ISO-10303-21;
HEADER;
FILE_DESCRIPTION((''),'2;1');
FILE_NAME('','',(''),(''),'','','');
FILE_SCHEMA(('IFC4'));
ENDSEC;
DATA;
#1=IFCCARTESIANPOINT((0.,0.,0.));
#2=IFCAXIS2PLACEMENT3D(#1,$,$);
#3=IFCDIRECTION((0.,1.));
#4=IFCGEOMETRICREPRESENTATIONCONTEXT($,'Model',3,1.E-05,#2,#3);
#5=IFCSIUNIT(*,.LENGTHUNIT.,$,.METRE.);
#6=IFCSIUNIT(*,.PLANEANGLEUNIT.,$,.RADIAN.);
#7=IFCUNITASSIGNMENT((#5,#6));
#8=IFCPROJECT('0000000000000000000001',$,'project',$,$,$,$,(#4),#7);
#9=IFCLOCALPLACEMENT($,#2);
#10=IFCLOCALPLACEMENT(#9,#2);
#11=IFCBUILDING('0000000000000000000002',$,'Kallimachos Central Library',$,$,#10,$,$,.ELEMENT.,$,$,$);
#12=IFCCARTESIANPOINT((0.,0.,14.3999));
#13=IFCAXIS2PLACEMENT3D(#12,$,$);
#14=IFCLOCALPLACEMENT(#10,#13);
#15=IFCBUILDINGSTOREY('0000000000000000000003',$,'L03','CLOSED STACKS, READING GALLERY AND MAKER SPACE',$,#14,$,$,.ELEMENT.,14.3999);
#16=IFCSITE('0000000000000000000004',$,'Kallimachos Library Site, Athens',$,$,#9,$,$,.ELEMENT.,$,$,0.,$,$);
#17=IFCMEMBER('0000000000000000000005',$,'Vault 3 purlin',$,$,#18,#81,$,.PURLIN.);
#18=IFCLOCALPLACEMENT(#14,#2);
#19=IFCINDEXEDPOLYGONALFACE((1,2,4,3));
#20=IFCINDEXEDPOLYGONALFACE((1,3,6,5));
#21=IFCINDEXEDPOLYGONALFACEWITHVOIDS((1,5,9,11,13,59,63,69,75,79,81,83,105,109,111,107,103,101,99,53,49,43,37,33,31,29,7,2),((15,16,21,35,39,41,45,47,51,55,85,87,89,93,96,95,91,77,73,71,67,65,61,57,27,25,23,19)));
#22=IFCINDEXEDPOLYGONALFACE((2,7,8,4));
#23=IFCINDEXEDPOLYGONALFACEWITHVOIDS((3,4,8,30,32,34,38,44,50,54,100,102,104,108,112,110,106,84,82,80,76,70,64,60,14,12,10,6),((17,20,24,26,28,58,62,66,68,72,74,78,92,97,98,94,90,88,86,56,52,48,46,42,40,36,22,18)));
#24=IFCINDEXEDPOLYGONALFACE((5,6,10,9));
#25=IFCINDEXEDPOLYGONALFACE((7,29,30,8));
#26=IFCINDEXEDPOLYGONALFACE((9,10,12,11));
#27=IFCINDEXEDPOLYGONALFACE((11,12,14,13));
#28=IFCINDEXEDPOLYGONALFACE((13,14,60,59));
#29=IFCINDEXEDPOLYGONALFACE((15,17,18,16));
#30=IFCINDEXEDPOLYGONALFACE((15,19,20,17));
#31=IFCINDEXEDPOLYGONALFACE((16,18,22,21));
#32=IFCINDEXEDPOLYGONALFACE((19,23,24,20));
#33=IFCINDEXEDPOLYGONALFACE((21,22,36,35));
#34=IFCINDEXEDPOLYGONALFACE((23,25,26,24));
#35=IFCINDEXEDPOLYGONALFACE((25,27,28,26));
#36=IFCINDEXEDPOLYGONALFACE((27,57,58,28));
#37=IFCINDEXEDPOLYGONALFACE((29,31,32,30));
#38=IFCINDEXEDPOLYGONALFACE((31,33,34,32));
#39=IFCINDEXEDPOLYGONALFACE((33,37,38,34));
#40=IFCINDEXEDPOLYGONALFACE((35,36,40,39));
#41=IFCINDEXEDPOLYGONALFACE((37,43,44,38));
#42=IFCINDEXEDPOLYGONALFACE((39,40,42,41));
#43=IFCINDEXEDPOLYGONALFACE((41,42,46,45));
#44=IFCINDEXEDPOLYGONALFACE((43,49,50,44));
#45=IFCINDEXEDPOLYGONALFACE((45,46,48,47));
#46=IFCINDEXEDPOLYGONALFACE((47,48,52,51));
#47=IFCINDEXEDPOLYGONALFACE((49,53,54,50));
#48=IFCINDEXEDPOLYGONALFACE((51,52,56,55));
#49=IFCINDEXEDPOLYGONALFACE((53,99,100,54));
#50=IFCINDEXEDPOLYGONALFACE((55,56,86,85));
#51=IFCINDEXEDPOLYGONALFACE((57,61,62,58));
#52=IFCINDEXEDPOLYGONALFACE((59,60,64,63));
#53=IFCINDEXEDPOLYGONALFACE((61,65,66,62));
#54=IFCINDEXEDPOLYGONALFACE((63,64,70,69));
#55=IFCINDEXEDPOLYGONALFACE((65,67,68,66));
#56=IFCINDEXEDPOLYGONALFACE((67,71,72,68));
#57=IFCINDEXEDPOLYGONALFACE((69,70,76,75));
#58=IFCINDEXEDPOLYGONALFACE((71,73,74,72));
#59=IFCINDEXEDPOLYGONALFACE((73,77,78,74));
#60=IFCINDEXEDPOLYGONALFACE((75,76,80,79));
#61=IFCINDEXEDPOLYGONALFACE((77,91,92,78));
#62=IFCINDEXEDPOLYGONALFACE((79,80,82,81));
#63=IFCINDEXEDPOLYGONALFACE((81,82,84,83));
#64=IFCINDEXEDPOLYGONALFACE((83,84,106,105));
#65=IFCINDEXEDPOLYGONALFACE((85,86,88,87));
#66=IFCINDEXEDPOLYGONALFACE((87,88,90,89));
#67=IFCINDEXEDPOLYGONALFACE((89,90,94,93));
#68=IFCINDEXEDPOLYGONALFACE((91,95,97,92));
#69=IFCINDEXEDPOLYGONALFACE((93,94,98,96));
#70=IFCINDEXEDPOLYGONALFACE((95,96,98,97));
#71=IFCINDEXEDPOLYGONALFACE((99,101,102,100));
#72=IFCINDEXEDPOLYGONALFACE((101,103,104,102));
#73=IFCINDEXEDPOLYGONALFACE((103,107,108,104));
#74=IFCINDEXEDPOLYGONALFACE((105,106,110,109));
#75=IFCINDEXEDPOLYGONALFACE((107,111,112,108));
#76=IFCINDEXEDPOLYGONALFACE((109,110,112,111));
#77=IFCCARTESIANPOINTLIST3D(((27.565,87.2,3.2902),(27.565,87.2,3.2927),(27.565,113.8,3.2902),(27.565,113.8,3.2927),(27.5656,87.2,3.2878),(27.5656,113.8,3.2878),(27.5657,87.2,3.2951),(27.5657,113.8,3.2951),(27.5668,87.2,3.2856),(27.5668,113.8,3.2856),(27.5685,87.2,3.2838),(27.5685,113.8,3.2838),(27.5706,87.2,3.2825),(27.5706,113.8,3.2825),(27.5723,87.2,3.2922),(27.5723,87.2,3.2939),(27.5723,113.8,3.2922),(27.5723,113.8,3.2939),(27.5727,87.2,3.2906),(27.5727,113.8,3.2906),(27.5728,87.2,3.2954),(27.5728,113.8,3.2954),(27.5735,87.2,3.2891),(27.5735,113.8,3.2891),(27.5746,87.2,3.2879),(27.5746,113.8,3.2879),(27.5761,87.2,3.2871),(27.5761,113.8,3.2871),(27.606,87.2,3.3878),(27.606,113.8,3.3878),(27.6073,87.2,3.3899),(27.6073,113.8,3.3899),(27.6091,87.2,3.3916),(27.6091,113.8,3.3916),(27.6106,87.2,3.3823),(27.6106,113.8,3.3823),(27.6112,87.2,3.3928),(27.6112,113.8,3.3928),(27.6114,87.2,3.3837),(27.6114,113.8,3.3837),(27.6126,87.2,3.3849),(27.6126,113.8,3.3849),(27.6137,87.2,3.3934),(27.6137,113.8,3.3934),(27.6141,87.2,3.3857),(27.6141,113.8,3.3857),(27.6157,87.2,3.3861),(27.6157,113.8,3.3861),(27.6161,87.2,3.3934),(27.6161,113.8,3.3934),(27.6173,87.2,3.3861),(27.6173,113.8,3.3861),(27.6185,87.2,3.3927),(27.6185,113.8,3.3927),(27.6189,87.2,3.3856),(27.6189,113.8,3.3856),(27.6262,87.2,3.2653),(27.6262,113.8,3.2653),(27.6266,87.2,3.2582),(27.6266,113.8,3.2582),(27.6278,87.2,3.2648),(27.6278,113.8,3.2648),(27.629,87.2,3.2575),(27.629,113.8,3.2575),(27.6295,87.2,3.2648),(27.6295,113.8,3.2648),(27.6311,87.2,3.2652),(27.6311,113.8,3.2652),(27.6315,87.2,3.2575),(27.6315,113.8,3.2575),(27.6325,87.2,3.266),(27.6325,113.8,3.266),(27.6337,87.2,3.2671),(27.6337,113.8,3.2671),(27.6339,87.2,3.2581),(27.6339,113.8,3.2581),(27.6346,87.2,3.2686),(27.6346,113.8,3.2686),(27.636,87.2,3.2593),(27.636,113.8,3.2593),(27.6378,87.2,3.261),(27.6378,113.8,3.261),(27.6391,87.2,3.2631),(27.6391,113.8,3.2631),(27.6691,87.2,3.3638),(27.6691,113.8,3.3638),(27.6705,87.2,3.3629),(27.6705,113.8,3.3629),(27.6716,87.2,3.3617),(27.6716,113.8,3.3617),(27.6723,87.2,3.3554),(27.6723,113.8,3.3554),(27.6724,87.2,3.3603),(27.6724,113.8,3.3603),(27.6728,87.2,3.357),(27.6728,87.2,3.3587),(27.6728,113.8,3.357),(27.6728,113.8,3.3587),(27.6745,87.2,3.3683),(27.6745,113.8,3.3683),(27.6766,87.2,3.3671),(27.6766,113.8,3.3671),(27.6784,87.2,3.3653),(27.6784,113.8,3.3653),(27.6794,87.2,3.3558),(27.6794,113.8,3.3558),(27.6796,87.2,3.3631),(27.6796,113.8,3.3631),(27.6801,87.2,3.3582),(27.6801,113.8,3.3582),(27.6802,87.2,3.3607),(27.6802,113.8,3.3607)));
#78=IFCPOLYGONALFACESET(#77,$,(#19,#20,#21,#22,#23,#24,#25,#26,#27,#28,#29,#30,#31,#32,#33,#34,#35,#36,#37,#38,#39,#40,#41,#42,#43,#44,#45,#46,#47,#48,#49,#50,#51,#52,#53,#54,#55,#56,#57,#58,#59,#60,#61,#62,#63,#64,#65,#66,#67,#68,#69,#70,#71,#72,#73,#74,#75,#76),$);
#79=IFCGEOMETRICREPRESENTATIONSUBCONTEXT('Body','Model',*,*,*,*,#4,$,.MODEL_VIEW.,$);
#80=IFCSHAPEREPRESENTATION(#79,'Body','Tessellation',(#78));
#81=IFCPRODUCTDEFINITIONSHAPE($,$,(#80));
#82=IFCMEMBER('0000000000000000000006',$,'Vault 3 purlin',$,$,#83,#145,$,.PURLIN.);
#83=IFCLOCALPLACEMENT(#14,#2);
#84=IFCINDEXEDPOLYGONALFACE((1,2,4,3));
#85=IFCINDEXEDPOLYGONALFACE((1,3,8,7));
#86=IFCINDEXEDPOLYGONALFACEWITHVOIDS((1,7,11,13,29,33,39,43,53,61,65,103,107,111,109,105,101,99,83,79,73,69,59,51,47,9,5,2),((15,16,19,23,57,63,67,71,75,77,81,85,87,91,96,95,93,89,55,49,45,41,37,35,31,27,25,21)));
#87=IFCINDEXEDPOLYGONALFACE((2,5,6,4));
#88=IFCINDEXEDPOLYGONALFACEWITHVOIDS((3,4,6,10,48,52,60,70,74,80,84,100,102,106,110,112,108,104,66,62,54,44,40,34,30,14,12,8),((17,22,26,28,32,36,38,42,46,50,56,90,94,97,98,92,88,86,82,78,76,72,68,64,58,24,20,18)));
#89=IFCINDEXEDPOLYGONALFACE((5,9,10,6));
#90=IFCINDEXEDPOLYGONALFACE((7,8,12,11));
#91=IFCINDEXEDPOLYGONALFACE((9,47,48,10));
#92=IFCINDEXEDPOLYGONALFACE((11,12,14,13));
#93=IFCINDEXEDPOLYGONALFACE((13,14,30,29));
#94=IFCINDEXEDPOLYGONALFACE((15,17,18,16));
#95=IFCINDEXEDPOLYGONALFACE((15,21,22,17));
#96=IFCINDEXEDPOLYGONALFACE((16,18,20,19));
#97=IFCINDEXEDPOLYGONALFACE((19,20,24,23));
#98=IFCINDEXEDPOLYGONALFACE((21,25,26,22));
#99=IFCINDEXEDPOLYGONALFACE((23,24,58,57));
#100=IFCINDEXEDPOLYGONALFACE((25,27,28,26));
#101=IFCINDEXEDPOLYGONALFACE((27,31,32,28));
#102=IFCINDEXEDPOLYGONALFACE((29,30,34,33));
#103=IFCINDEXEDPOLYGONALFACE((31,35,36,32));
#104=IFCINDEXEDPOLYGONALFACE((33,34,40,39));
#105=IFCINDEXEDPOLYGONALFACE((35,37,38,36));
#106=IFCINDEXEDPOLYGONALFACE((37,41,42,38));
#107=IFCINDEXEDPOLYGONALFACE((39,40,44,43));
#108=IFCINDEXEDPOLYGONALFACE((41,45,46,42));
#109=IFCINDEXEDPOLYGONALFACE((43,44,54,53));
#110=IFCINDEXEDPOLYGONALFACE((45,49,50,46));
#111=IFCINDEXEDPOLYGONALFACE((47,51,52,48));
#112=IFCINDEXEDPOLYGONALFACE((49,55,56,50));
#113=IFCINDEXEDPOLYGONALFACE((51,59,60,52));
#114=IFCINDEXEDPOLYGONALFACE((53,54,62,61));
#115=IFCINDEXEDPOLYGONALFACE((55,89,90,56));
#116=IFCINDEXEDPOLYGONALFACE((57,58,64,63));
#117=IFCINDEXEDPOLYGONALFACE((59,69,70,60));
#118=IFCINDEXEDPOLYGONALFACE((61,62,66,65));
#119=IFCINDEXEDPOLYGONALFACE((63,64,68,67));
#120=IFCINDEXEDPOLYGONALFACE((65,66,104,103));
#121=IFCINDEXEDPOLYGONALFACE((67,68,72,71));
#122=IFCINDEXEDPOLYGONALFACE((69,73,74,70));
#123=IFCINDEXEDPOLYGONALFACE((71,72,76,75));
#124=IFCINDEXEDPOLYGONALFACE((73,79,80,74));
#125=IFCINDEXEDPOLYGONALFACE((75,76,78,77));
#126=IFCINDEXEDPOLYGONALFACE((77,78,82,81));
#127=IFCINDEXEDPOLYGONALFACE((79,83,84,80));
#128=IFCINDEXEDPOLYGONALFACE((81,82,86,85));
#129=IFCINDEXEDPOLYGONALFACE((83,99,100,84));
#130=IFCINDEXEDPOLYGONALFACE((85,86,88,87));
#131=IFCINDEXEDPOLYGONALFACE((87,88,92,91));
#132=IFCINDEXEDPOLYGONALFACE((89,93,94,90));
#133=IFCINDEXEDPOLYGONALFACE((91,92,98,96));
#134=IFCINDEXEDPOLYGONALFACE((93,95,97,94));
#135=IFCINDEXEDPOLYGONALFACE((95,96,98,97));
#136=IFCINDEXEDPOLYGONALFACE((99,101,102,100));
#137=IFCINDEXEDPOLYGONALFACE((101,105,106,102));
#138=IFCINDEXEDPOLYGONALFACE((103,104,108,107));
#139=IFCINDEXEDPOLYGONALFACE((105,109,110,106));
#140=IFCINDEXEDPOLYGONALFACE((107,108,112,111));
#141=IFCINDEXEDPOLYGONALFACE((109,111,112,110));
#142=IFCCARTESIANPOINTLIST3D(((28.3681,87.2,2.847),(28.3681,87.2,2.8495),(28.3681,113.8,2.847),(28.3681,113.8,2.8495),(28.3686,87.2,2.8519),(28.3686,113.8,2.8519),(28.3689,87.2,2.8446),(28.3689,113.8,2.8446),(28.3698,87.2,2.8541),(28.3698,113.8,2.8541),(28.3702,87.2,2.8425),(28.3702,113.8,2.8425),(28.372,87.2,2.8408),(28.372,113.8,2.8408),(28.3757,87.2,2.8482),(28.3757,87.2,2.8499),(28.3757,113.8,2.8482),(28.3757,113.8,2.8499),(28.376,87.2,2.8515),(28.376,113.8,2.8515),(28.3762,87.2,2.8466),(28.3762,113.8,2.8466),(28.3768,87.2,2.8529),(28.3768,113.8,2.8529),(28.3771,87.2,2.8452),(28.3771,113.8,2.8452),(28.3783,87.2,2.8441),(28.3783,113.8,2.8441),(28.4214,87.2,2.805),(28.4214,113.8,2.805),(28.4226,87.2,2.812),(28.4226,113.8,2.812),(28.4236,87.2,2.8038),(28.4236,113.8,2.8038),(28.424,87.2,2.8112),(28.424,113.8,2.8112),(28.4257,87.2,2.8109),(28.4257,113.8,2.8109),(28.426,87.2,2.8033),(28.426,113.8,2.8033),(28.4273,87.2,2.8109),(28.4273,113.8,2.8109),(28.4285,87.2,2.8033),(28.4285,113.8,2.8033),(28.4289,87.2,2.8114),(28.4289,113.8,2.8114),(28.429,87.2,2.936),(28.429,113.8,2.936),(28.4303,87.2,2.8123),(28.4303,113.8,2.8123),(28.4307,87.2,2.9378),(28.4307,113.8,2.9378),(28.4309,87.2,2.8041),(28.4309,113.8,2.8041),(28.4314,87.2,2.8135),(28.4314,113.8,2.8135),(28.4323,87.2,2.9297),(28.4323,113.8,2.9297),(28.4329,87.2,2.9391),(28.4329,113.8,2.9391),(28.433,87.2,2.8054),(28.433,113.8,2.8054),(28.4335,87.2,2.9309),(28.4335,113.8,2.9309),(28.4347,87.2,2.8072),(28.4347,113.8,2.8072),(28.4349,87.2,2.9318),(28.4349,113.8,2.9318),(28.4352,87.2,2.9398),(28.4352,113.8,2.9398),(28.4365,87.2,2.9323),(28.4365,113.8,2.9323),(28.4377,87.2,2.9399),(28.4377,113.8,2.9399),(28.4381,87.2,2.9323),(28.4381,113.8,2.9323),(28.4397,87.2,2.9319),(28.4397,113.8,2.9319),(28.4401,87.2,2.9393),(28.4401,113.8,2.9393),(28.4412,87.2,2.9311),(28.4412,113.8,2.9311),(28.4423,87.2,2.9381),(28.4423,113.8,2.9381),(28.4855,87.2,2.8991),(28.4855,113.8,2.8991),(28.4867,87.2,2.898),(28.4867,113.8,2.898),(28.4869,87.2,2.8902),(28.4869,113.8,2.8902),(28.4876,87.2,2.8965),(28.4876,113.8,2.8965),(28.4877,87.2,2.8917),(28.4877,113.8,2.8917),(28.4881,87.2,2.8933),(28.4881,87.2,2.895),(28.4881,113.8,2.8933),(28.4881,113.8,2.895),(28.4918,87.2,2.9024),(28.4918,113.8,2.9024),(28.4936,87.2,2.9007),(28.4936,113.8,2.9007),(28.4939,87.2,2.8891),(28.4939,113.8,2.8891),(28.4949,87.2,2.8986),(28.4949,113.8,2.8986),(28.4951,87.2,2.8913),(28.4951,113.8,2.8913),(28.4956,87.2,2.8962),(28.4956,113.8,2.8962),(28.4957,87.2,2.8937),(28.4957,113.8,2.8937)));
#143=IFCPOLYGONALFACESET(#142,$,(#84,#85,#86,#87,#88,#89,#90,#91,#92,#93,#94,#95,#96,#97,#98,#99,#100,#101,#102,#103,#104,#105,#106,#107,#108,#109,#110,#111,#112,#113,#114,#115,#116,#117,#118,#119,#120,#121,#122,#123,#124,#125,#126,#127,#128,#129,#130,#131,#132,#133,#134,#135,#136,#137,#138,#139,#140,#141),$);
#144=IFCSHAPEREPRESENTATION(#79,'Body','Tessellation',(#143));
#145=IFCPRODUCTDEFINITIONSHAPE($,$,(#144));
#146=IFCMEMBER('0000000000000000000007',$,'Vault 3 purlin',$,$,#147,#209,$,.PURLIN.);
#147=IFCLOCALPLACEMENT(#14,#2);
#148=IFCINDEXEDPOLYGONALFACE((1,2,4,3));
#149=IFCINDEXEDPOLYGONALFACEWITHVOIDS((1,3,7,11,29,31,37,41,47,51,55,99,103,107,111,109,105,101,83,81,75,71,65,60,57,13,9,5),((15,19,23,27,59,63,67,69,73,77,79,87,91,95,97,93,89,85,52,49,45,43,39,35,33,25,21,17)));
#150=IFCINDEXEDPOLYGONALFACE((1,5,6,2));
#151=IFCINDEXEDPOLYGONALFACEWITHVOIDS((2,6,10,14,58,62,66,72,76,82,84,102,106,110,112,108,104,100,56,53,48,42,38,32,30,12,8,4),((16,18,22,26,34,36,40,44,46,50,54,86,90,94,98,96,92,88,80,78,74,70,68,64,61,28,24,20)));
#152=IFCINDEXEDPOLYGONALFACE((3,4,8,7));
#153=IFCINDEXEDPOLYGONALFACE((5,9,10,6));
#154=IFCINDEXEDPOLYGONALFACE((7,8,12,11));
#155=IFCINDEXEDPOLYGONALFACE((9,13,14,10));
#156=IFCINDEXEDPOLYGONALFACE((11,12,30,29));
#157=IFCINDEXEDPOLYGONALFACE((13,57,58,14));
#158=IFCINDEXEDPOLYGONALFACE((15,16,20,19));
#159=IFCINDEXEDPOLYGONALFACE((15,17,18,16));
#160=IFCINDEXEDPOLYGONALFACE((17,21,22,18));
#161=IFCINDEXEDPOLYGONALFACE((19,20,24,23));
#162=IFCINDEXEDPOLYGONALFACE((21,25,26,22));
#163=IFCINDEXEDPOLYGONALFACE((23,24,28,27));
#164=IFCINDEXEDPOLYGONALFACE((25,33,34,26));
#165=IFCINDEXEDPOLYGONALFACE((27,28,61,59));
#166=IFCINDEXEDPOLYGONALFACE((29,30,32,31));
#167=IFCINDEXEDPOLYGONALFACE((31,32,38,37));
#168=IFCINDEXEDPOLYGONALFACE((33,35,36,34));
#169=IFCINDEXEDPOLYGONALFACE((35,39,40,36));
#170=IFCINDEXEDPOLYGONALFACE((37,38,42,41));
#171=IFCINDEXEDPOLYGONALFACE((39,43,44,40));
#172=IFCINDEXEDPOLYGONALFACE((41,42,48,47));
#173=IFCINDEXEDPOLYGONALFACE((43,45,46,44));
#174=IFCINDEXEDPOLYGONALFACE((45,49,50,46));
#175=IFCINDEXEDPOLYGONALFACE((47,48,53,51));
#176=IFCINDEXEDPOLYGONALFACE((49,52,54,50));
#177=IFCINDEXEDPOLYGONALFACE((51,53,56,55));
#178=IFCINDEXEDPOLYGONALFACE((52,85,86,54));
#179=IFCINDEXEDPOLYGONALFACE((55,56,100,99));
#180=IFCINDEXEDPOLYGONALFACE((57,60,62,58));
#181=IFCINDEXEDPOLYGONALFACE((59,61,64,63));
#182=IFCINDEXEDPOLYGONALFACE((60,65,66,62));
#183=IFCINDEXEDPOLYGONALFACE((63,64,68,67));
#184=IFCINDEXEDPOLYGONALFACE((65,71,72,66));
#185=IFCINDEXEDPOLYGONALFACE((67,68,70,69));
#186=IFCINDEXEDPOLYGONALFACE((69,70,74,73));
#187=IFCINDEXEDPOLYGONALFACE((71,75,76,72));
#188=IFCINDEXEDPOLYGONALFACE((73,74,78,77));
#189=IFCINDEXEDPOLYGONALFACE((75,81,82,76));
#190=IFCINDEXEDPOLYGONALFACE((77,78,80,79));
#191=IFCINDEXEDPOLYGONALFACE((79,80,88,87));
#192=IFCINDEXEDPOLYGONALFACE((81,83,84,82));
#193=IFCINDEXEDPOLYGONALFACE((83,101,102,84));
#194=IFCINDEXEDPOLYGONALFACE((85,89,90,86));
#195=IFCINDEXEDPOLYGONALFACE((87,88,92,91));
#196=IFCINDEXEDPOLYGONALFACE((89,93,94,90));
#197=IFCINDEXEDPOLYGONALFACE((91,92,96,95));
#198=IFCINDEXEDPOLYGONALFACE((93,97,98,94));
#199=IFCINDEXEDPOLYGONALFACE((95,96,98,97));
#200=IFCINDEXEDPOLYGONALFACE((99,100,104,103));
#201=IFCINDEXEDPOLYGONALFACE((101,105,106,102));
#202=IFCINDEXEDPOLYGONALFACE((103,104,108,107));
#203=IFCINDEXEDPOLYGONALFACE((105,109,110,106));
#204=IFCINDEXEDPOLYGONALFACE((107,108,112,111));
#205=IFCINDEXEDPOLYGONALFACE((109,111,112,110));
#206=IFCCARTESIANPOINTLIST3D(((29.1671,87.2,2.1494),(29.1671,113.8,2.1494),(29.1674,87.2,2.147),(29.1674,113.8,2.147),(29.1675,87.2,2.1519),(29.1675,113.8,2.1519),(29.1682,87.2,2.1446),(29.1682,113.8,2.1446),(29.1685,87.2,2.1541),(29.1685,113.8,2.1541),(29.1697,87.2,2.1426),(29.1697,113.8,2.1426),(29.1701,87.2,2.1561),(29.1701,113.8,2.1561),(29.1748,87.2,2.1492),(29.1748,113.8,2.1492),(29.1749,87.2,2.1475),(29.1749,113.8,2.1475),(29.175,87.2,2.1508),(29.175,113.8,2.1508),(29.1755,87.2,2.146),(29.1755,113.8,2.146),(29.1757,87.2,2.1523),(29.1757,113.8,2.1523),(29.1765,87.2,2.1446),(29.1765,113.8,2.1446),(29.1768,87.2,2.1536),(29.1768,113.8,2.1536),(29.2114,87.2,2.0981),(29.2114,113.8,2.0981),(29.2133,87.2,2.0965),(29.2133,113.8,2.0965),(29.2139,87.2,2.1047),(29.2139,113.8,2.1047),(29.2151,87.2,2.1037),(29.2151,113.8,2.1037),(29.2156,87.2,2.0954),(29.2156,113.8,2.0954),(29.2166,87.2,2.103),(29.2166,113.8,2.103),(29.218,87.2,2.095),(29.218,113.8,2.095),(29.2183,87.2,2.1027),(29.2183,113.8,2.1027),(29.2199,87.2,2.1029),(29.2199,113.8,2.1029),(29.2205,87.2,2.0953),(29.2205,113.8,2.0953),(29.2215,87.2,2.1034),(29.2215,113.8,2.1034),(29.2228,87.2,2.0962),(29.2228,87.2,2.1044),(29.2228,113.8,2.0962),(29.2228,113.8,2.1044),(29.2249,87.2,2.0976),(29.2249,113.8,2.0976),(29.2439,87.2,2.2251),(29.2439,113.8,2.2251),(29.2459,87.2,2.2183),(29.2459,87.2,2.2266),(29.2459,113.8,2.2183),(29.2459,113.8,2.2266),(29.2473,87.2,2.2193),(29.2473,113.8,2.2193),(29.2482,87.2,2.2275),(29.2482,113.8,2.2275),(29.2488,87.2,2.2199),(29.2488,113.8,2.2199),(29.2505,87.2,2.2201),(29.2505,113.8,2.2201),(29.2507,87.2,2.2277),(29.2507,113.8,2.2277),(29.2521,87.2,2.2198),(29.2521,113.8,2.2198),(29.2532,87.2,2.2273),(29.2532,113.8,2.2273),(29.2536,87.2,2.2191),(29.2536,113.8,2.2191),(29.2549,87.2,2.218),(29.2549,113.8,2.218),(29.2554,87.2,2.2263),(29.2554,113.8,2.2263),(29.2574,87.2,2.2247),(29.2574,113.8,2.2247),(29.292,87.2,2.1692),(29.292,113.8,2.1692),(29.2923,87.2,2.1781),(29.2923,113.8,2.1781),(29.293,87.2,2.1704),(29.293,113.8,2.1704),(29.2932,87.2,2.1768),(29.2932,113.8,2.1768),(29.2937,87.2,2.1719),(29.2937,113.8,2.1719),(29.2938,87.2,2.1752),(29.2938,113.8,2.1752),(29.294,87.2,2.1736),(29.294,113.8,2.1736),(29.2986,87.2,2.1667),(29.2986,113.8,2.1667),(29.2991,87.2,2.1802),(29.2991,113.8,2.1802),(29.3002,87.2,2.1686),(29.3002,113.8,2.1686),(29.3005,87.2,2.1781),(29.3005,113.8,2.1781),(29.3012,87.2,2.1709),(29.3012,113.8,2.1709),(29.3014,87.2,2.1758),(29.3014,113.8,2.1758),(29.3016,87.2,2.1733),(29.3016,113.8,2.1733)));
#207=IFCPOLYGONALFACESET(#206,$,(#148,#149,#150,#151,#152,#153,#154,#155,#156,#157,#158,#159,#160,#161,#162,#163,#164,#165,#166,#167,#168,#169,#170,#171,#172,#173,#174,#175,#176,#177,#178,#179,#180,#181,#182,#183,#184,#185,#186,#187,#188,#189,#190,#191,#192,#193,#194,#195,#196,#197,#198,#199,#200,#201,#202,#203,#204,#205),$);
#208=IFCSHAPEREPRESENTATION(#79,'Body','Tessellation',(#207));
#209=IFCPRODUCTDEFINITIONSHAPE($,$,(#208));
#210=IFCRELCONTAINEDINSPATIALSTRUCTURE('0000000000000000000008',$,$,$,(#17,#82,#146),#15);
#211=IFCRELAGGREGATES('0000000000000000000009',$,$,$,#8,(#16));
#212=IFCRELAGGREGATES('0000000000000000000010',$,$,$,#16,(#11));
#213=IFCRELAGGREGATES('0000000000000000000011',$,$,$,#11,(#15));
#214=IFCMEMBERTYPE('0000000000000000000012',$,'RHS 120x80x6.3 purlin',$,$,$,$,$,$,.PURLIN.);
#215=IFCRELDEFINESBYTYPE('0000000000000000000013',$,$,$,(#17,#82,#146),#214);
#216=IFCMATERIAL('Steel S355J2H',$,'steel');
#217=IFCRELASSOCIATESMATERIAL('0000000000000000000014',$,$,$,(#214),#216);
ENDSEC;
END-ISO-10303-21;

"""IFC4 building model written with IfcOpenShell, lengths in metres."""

from ifc_helpers import new_model, si_unit, direction, frame, origin, origin_2d, place, context, subcontext, project, spatial, hollow_rectangle, extrude, material, material_profile, profile_set, type_object, element, save


model = new_model("IFC4")

# Units and contexts
model_context = context("Model", 3, precision=1e-05, world=origin(), true_north=direction((0.0, 1.0)))
body_context = subcontext(model_context, "Body", "Model", "MODEL_VIEW")
ifc_project = project(units=[si_unit("LENGTHUNIT", "METRE"), si_unit("PLANEANGLEUNIT", "RADIAN")], contexts=[model_context])

# Site, building, storey
site_placement = place(None, origin())
site = spatial("IfcSite", under=ifc_project, at=site_placement, Name="Kallimachos Library Site, Athens", CompositionType="ELEMENT", RefElevation=0.0)
building_placement = place(site_placement, origin())
building = spatial("IfcBuilding", under=site, at=building_placement, Name="Kallimachos Central Library", CompositionType="ELEMENT")
storey_placement = place(building_placement, frame((0.0, 0.0, 14.3999)))
storey = spatial("IfcBuildingStorey", under=building, at=storey_placement, Name="L03", Description="CLOSED STACKS, READING GALLERY AND MAKER SPACE", CompositionType="ELEMENT", Elevation=14.3999)

# Members
ifc_material_1 = material(Name="Steel S355J2H", Category="steel")
ifc_material_profile = material_profile(ifc_material_1, hollow_rectangle(XDim=0.0801, YDim=0.1201, WallThickness=0.0063, InnerFilletRadius=0.0063, OuterFilletRadius=0.0095, at=origin_2d()), Name="RHS 120x80x6.3")
ifc_profile_set = profile_set([ifc_material_profile], Name="Steel S355J2H")
member_type = type_object("IfcMemberType", Name="RHS 120x80x6.3 purlin", PredefinedType="PURLIN", material=ifc_profile_set)
for number, where, z_axis, x_axis, name in (
    (1, (27.6226, 87.2, 3.3254), (0.0, 1.0, 0.0), (-0.917005, 0.0, 0.398876), "Vault 3 purlin"),
    (2, (28.4319, 87.2, 2.8716), (0.0, 1.0, 0.0), (-0.810449, 0.0, 0.585809), "Vault 3 purlin"),
    (3, (29.2344, 87.2, 2.1614), (0.0, 1.0, 0.0), (-0.683497, 0.0, 0.729953), "Vault 3 purlin"),
):
    element("IfcMember", number, at=place(storey_placement, frame(where, z_axis=z_axis, x_axis=x_axis)), inside=storey, type_object=member_type, Name=name, PredefinedType="PURLIN", context=body_context, shape_type="SweptSolid", body=[
        extrude(hollow_rectangle(XDim=0.0801, YDim=0.1201, WallThickness=0.0063, InnerFilletRadius=0.0063, OuterFilletRadius=0.0095, at=origin_2d()), origin(), (0.0, 0.0, 1.0), 26.6001),
    ])

save(model, "model.ifc")
